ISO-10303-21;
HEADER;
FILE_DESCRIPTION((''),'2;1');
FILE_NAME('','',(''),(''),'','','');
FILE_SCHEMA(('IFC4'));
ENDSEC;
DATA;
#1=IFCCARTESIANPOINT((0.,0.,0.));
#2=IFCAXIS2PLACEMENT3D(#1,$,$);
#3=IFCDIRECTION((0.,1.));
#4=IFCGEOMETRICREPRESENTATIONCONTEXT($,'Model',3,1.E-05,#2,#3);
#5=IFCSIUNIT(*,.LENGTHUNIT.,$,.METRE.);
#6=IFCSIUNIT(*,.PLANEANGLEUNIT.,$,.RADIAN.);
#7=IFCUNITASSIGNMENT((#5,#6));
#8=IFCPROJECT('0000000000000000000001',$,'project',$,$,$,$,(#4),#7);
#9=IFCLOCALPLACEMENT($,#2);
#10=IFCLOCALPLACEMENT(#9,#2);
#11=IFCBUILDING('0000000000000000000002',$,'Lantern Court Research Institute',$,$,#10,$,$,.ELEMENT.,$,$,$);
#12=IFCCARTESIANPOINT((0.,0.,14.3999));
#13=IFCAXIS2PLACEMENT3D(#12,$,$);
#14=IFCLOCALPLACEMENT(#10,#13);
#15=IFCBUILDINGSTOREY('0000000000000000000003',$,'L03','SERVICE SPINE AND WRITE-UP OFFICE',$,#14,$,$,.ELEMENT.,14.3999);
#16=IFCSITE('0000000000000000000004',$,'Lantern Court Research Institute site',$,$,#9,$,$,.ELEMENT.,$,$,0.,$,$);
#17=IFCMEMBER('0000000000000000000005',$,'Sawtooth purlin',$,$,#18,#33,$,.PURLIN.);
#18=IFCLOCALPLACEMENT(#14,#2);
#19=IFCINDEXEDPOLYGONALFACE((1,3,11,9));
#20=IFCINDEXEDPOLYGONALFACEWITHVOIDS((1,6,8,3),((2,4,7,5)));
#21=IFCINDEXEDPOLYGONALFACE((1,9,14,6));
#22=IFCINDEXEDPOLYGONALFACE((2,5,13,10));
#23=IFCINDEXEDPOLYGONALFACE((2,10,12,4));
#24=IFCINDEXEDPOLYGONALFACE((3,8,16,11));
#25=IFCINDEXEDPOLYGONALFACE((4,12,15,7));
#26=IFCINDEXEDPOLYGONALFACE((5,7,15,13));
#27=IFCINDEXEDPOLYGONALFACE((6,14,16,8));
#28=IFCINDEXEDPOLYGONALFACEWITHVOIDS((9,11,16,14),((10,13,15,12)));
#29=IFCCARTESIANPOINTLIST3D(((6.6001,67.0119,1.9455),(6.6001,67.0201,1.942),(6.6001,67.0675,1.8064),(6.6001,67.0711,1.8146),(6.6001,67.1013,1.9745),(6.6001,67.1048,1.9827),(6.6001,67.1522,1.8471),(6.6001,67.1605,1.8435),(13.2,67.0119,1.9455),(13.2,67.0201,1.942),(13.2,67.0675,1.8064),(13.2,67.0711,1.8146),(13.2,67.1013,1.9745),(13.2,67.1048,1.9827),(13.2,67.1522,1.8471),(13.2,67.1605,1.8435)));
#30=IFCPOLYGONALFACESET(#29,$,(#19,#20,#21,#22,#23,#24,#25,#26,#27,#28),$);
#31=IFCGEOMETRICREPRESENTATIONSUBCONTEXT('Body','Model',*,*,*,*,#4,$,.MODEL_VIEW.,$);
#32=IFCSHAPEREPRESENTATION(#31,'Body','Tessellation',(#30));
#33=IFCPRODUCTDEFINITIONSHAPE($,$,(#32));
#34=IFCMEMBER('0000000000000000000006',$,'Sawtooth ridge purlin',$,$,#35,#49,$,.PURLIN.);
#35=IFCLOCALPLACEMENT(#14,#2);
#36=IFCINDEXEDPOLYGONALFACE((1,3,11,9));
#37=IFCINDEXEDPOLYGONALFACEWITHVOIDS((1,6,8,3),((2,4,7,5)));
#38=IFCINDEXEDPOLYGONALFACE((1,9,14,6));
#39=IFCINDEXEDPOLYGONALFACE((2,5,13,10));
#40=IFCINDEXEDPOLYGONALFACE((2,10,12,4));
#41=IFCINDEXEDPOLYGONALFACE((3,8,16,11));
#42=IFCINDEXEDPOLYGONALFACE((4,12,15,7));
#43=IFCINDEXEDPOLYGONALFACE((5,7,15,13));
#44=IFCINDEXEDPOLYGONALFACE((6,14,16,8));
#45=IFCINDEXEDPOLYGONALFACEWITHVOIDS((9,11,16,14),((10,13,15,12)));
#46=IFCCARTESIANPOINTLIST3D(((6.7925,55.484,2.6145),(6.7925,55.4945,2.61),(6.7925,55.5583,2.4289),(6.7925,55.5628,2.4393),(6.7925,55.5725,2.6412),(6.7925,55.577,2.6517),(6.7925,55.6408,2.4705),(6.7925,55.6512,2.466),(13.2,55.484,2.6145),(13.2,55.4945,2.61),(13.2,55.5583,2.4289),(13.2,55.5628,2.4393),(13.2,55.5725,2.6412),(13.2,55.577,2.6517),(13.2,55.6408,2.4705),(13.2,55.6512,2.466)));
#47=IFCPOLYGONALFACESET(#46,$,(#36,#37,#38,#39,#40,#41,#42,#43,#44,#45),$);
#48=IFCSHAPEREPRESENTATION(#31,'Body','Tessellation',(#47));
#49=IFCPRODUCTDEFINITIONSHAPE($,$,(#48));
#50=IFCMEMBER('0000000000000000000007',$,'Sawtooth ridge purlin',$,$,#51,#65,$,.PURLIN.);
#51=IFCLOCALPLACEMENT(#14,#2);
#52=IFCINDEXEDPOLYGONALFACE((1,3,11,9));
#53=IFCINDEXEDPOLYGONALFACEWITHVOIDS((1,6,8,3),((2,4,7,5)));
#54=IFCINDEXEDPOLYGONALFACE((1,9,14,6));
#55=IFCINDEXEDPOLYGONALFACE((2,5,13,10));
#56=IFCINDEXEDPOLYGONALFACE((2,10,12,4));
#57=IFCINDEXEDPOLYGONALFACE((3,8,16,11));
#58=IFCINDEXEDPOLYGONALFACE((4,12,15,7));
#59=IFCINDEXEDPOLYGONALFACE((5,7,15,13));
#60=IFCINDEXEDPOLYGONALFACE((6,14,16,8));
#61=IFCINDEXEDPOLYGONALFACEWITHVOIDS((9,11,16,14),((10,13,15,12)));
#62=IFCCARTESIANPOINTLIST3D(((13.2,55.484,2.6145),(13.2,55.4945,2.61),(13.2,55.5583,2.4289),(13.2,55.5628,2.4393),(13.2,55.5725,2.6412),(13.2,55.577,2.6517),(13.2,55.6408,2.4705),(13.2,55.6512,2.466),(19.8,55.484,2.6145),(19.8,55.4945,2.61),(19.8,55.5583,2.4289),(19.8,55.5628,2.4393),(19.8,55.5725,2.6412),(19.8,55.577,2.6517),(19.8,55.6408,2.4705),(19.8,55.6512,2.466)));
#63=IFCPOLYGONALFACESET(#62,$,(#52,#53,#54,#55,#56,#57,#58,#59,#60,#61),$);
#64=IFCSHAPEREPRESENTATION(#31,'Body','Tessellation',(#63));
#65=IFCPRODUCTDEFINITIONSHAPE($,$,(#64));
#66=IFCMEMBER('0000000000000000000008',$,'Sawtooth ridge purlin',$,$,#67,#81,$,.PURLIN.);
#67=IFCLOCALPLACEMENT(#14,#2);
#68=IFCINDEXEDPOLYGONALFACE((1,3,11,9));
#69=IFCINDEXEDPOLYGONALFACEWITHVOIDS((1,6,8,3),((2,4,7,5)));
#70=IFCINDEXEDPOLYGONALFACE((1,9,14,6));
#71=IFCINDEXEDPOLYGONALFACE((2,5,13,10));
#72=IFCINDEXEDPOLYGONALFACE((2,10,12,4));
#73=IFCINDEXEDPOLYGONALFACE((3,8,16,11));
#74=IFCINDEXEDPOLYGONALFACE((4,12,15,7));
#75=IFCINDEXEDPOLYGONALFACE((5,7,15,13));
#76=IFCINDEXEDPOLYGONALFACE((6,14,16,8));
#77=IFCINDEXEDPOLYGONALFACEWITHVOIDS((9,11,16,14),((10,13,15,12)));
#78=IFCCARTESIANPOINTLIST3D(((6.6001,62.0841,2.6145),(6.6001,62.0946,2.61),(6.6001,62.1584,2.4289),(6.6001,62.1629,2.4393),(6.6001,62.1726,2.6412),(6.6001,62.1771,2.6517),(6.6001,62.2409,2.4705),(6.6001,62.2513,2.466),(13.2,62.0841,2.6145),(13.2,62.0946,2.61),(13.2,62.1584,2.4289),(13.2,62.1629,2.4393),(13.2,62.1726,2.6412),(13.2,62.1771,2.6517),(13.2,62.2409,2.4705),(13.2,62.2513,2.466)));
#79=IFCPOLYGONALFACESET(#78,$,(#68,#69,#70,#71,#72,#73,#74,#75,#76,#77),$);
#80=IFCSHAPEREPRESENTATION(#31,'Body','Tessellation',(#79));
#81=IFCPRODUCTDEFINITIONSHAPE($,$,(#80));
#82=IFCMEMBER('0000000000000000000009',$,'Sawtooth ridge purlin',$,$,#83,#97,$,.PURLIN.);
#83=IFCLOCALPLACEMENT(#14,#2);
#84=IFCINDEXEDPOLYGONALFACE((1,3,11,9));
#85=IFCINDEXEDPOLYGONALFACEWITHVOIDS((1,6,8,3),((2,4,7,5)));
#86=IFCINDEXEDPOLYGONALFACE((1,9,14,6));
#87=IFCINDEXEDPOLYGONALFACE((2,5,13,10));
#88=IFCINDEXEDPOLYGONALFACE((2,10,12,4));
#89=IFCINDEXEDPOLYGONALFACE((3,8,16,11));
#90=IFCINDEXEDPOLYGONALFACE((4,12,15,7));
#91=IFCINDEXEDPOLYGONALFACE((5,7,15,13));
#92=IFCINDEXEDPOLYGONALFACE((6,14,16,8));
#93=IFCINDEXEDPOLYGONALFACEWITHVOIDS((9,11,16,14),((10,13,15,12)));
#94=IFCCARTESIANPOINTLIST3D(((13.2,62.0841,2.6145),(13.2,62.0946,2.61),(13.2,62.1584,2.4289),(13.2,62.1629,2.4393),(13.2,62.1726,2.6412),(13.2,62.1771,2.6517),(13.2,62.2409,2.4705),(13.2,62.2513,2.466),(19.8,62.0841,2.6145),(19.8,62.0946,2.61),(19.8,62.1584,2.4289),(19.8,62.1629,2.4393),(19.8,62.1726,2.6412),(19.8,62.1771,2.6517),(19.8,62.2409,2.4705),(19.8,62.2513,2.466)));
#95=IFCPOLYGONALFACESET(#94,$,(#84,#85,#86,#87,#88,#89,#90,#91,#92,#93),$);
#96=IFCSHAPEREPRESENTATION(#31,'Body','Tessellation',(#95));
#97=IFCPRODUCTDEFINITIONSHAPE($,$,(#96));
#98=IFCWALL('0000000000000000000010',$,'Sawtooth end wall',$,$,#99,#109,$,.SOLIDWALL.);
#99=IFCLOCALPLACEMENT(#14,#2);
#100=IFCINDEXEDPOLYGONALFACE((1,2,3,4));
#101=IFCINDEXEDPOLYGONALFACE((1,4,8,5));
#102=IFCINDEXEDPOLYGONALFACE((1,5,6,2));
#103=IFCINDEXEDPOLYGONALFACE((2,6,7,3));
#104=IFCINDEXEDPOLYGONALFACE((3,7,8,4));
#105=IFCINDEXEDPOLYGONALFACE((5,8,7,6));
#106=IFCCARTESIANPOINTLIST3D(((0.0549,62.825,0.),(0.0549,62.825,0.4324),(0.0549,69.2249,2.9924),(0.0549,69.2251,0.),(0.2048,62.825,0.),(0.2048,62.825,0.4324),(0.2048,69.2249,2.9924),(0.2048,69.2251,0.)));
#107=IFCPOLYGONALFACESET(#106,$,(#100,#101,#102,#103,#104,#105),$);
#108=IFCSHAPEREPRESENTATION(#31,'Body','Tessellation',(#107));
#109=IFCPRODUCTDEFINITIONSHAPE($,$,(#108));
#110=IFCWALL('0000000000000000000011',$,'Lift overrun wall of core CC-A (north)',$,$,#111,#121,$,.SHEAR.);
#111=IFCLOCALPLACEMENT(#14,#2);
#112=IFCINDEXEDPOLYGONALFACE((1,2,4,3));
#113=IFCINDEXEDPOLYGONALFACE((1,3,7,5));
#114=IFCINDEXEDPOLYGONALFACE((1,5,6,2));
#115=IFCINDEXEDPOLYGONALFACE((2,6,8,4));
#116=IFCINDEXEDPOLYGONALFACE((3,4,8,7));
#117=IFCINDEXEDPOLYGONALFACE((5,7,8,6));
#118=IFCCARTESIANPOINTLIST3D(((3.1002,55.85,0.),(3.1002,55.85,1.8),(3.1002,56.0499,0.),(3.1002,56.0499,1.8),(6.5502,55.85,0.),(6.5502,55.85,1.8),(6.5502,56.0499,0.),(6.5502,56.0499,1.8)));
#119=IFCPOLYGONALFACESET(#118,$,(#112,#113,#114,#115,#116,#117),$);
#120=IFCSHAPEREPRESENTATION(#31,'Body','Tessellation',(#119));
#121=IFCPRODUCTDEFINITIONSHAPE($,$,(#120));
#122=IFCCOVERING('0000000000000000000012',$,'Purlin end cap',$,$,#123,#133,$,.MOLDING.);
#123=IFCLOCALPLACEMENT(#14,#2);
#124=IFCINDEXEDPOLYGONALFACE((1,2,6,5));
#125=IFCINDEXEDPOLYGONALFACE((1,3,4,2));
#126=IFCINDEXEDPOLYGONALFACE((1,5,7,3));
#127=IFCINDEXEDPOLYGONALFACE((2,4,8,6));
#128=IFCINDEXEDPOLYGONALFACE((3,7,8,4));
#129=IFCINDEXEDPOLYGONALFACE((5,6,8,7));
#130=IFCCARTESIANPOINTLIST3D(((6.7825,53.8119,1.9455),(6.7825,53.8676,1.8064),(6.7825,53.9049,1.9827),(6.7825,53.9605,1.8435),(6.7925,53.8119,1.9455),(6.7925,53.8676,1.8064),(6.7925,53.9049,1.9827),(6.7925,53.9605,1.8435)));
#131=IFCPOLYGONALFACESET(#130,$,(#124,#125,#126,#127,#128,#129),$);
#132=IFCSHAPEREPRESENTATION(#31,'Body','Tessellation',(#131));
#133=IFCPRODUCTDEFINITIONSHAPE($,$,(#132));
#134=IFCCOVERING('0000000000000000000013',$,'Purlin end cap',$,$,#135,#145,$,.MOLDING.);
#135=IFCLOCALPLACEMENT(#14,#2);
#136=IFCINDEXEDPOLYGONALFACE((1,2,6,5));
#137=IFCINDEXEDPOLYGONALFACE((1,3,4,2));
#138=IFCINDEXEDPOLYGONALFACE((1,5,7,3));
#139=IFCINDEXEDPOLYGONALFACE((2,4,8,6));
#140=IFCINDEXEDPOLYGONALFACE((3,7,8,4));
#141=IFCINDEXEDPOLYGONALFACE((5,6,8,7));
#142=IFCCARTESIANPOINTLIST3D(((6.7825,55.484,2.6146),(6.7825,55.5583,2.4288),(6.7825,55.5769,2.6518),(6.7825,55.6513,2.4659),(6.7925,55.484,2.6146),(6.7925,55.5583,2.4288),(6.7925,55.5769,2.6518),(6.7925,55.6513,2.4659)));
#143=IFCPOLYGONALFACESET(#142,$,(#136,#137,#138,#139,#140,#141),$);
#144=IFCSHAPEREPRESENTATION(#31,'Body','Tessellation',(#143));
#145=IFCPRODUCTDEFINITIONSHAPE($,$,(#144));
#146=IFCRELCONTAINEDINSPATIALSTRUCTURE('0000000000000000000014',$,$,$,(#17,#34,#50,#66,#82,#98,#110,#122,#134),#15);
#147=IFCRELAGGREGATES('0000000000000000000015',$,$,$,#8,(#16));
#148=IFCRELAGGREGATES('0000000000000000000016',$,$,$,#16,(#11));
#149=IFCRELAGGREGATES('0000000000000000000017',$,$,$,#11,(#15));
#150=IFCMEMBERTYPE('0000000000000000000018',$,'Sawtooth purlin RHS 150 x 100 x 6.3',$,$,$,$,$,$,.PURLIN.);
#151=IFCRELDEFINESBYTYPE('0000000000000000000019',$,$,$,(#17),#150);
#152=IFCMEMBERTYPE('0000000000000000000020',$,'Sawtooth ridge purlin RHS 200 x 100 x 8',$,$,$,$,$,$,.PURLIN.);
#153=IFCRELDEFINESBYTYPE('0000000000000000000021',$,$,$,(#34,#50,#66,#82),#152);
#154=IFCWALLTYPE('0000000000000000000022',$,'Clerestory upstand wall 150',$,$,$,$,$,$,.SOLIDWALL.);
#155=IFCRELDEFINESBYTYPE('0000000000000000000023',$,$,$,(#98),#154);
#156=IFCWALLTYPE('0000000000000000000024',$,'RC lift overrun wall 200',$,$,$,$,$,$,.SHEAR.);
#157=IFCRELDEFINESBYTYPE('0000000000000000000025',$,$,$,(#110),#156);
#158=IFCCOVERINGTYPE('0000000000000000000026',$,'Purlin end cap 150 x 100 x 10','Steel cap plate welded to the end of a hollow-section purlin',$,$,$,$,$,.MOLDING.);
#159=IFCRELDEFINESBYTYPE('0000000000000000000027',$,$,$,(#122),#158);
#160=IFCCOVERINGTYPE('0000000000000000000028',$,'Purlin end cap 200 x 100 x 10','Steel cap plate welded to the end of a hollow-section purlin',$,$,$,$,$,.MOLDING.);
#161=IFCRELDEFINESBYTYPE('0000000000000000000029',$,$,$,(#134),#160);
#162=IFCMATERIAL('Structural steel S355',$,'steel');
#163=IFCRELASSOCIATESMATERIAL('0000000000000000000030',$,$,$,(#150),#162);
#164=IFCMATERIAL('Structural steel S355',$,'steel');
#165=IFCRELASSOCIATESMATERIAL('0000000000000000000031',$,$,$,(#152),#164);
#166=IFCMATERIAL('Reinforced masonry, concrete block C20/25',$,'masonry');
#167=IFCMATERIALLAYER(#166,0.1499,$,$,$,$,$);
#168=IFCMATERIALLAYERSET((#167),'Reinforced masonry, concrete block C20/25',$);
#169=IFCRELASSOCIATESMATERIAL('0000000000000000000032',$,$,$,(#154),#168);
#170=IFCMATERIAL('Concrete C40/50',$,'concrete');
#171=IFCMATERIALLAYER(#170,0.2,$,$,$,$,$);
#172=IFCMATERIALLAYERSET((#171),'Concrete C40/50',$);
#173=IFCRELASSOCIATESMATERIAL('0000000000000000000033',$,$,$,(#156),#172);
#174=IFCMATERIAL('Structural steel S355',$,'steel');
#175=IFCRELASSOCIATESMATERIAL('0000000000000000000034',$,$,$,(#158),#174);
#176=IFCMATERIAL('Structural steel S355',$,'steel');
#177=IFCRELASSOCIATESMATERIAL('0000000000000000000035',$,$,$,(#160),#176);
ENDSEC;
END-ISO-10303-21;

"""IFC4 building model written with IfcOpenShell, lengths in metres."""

from ifc_helpers import new_model, si_unit, direction, frame, frame_2d, origin, origin_2d, place, context, subcontext, project, spatial, polyline, rectangle, hollow_rectangle, outline, extrude, material, layer, layer_set, material_profile, profile_set, type_object, element, save


model = new_model("IFC4")

# Units and contexts
model_context = context("Model", 3, precision=1e-05, world=origin(), true_north=direction((0.0, 1.0)))
body_context = subcontext(model_context, "Body", "Model", "MODEL_VIEW")
ifc_project = project(units=[si_unit("LENGTHUNIT", "METRE"), si_unit("PLANEANGLEUNIT", "RADIAN")], contexts=[model_context])

# Site, building, storey
site_placement = place(None, origin())
site = spatial("IfcSite", under=ifc_project, at=site_placement, Name="Lantern Court Research Institute site", CompositionType="ELEMENT", RefElevation=0.0)
building_placement = place(site_placement, origin())
building = spatial("IfcBuilding", under=site, at=building_placement, Name="Lantern Court Research Institute", CompositionType="ELEMENT")
storey_placement = place(building_placement, frame((0.0, 0.0, 14.3999)))
storey = spatial("IfcBuildingStorey", under=building, at=storey_placement, Name="L03", Description="SERVICE SPINE AND WRITE-UP OFFICE", CompositionType="ELEMENT", Elevation=14.3999)

# Members
ifc_material_1 = material(Name="Structural steel S355", Category="steel")
ifc_material_profile_1 = material_profile(ifc_material_1, hollow_rectangle(XDim=0.1001, YDim=0.1499, WallThickness=0.0063, at=origin_2d()), Name="Sawtooth purlin RHS 150 x 100 x 6.3")
ifc_profile_set_1 = profile_set([ifc_material_profile_1], Name="Structural steel S355")
member_type_1 = type_object("IfcMemberType", Name="Sawtooth purlin RHS 150 x 100 x 6.3", PredefinedType="PURLIN", material=ifc_profile_set_1)
member_1_placement = place(storey_placement, frame((6.6001, 67.0862, 1.8945), z_axis=(1.0, 0.0, 0.0), x_axis=(0.0, 0.928477, 0.371391)))
element("IfcMember", 1, at=member_1_placement, inside=storey, type_object=member_type_1, Name="Sawtooth purlin", PredefinedType="PURLIN", context=body_context, shape_type="SweptSolid", body=[
    extrude(hollow_rectangle(XDim=0.1001, YDim=0.1499, WallThickness=0.0063, at=origin_2d()), origin(), (0.0, 0.0, 1.0), 6.5999),
])
ifc_material_2 = material(Name="Structural steel S355", Category="steel")
ifc_material_profile_2 = material_profile(ifc_material_2, hollow_rectangle(XDim=0.1001, YDim=0.2, WallThickness=0.0081, at=origin_2d()), Name="Sawtooth ridge purlin RHS 200 x 100 x 8")
ifc_profile_set_2 = profile_set([ifc_material_profile_2], Name="Structural steel S355")
member_type_2 = type_object("IfcMemberType", Name="Sawtooth ridge purlin RHS 200 x 100 x 8", PredefinedType="PURLIN", material=ifc_profile_set_2)
member_2_placement = place(storey_placement, frame((6.7925, 55.5676, 2.5403), z_axis=(1.0, 0.0, 0.0), x_axis=(0.0, 0.928477, 0.371391)))
element("IfcMember", 2, at=member_2_placement, inside=storey, type_object=member_type_2, Name="Sawtooth ridge purlin", PredefinedType="PURLIN", context=body_context, shape_type="SweptSolid", body=[
    extrude(hollow_rectangle(XDim=0.1001, YDim=0.2, WallThickness=0.0081, at=origin_2d()), origin(), (0.0, 0.0, 1.0), 6.4075),
])
member_3_placement = place(storey_placement, frame((13.2, 55.5676, 2.5403), z_axis=(1.0, 0.0, 0.0), x_axis=(0.0, 0.928477, 0.371391)))
element("IfcMember", 3, at=member_3_placement, inside=storey, type_object=member_type_2, Name="Sawtooth ridge purlin", PredefinedType="PURLIN", context=body_context, shape_type="SweptSolid", body=[
    extrude(hollow_rectangle(XDim=0.1001, YDim=0.2, WallThickness=0.0081, at=origin_2d()), origin(), (0.0, 0.0, 1.0), 6.6001),
])
member_4_placement = place(storey_placement, frame((6.6001, 62.1677, 2.5403), z_axis=(1.0, 0.0, 0.0), x_axis=(0.0, 0.928477, 0.371391)))
element("IfcMember", 4, at=member_4_placement, inside=storey, type_object=member_type_2, Name="Sawtooth ridge purlin", PredefinedType="PURLIN", context=body_context, shape_type="SweptSolid", body=[
    extrude(hollow_rectangle(XDim=0.1001, YDim=0.2, WallThickness=0.0081, at=origin_2d()), origin(), (0.0, 0.0, 1.0), 6.5999),
])
member_5_placement = place(storey_placement, frame((13.2, 62.1677, 2.5403), z_axis=(1.0, 0.0, 0.0), x_axis=(0.0, 0.928477, 0.371391)))
element("IfcMember", 5, at=member_5_placement, inside=storey, type_object=member_type_2, Name="Sawtooth ridge purlin", PredefinedType="PURLIN", context=body_context, shape_type="SweptSolid", body=[
    extrude(hollow_rectangle(XDim=0.1001, YDim=0.2, WallThickness=0.0081, at=origin_2d()), origin(), (0.0, 0.0, 1.0), 6.6001),
])

# Walls
ifc_material_3 = material(Name="Reinforced masonry, concrete block C20/25", Category="masonry")
ifc_layer_1 = layer(ifc_material_3, 0.1499)
ifc_layer_set_1 = layer_set([ifc_layer_1], Name="Reinforced masonry, concrete block C20/25")
wall_type_1 = type_object("IfcWallType", Name="Clerestory upstand wall 150", PredefinedType="SOLIDWALL", material=ifc_layer_set_1)
wall_1_placement = place(storey_placement, frame((0.1299, 62.825, 0.0), z_axis=(0.0, 0.0, 1.0), x_axis=(0.0, 1.0, 0.0)))
element("IfcWall", 6, at=wall_1_placement, inside=storey, type_object=wall_type_1, Name="Sawtooth end wall", PredefinedType="SOLIDWALL", context=body_context, shape_type="SweptSolid", body=[
    extrude(outline(polyline([(0.0, 0.0), (6.4001, 0.0), (6.3999, 2.9924), (0.0, 0.4324), (0.0, 0.0)])), frame((0.0, 0.075, 0.0), z_axis=(0.0, -1.0, 0.0), x_axis=(1.0, 0.0, 0.0)), (0.0, 0.0, 1.0), 0.1499),
])
ifc_material_4 = material(Name="Concrete C40/50", Category="concrete")
ifc_layer_2 = layer(ifc_material_4, 0.2)
ifc_layer_set_2 = layer_set([ifc_layer_2], Name="Concrete C40/50")
wall_type_2 = type_object("IfcWallType", Name="RC lift overrun wall 200", PredefinedType="SHEAR", material=ifc_layer_set_2)
wall_2_placement = place(storey_placement, frame((3.1001, 55.95, 0.0), z_axis=(0.0, 0.0, 1.0), x_axis=(1.0, 0.0, 0.0)))
element("IfcWall", 7, at=wall_2_placement, inside=storey, type_object=wall_type_2, Name="Lift overrun wall of core CC-A (north)", PredefinedType="SHEAR", context=body_context, shape_type="SweptSolid", body=[
    extrude(rectangle(XDim=3.45, YDim=0.2, at=frame_2d((1.7251, 0.0))), origin(), (0.0, 0.0, 1.0), 1.8),
])

# Coverings
ifc_material_5 = material(Name="Structural steel S355", Category="steel")
ifc_material_profile_3 = material_profile(ifc_material_5, outline(polyline([(-0.05, -0.075), (0.05, -0.075), (0.05, 0.075), (-0.05, 0.075), (-0.05, -0.075)])), Name="Purlin end cap 150 x 100 x 10")
ifc_profile_set_3 = profile_set([ifc_material_profile_3], Name="Structural steel S355")
covering_type_1 = type_object("IfcCoveringType", Name="Purlin end cap 150 x 100 x 10", Description="Steel cap plate welded to the end of a hollow-section purlin", PredefinedType="MOLDING", material=ifc_profile_set_3)
covering_1_placement = place(storey_placement, frame((6.7925, 53.8862, 1.8945), z_axis=(-1.0, 0.0, 0.0), x_axis=(0.0, -0.928477, -0.371391)))
element("IfcCovering", 8, at=covering_1_placement, inside=storey, type_object=covering_type_1, Name="Purlin end cap", PredefinedType="MOLDING", context=body_context, shape_type="SweptSolid", body=[
    extrude(outline(polyline([(-0.05, -0.075), (0.05, -0.075), (0.05, 0.075), (-0.05, 0.075), (-0.05, -0.075)])), origin(), (0.0, 0.0, 1.0), 0.01),
])
ifc_material_6 = material(Name="Structural steel S355", Category="steel")
ifc_material_profile_4 = material_profile(ifc_material_6, outline(polyline([(-0.05, -0.1001), (0.05, -0.1001), (0.05, 0.1001), (-0.05, 0.1001), (-0.05, -0.1001)])), Name="Purlin end cap 200 x 100 x 10")
ifc_profile_set_4 = profile_set([ifc_material_profile_4], Name="Structural steel S355")
covering_type_2 = type_object("IfcCoveringType", Name="Purlin end cap 200 x 100 x 10", Description="Steel cap plate welded to the end of a hollow-section purlin", PredefinedType="MOLDING", material=ifc_profile_set_4)
covering_2_placement = place(storey_placement, frame((6.7925, 55.5676, 2.5403), z_axis=(-1.0, 0.0, 0.0), x_axis=(0.0, -0.928477, -0.371391)))
element("IfcCovering", 9, at=covering_2_placement, inside=storey, type_object=covering_type_2, Name="Purlin end cap", PredefinedType="MOLDING", context=body_context, shape_type="SweptSolid", body=[
    extrude(outline(polyline([(-0.05, -0.1001), (0.05, -0.1001), (0.05, 0.1001), (-0.05, 0.1001), (-0.05, -0.1001)])), origin(), (0.0, 0.0, 1.0), 0.01),
])

save(model, "model.ifc")
